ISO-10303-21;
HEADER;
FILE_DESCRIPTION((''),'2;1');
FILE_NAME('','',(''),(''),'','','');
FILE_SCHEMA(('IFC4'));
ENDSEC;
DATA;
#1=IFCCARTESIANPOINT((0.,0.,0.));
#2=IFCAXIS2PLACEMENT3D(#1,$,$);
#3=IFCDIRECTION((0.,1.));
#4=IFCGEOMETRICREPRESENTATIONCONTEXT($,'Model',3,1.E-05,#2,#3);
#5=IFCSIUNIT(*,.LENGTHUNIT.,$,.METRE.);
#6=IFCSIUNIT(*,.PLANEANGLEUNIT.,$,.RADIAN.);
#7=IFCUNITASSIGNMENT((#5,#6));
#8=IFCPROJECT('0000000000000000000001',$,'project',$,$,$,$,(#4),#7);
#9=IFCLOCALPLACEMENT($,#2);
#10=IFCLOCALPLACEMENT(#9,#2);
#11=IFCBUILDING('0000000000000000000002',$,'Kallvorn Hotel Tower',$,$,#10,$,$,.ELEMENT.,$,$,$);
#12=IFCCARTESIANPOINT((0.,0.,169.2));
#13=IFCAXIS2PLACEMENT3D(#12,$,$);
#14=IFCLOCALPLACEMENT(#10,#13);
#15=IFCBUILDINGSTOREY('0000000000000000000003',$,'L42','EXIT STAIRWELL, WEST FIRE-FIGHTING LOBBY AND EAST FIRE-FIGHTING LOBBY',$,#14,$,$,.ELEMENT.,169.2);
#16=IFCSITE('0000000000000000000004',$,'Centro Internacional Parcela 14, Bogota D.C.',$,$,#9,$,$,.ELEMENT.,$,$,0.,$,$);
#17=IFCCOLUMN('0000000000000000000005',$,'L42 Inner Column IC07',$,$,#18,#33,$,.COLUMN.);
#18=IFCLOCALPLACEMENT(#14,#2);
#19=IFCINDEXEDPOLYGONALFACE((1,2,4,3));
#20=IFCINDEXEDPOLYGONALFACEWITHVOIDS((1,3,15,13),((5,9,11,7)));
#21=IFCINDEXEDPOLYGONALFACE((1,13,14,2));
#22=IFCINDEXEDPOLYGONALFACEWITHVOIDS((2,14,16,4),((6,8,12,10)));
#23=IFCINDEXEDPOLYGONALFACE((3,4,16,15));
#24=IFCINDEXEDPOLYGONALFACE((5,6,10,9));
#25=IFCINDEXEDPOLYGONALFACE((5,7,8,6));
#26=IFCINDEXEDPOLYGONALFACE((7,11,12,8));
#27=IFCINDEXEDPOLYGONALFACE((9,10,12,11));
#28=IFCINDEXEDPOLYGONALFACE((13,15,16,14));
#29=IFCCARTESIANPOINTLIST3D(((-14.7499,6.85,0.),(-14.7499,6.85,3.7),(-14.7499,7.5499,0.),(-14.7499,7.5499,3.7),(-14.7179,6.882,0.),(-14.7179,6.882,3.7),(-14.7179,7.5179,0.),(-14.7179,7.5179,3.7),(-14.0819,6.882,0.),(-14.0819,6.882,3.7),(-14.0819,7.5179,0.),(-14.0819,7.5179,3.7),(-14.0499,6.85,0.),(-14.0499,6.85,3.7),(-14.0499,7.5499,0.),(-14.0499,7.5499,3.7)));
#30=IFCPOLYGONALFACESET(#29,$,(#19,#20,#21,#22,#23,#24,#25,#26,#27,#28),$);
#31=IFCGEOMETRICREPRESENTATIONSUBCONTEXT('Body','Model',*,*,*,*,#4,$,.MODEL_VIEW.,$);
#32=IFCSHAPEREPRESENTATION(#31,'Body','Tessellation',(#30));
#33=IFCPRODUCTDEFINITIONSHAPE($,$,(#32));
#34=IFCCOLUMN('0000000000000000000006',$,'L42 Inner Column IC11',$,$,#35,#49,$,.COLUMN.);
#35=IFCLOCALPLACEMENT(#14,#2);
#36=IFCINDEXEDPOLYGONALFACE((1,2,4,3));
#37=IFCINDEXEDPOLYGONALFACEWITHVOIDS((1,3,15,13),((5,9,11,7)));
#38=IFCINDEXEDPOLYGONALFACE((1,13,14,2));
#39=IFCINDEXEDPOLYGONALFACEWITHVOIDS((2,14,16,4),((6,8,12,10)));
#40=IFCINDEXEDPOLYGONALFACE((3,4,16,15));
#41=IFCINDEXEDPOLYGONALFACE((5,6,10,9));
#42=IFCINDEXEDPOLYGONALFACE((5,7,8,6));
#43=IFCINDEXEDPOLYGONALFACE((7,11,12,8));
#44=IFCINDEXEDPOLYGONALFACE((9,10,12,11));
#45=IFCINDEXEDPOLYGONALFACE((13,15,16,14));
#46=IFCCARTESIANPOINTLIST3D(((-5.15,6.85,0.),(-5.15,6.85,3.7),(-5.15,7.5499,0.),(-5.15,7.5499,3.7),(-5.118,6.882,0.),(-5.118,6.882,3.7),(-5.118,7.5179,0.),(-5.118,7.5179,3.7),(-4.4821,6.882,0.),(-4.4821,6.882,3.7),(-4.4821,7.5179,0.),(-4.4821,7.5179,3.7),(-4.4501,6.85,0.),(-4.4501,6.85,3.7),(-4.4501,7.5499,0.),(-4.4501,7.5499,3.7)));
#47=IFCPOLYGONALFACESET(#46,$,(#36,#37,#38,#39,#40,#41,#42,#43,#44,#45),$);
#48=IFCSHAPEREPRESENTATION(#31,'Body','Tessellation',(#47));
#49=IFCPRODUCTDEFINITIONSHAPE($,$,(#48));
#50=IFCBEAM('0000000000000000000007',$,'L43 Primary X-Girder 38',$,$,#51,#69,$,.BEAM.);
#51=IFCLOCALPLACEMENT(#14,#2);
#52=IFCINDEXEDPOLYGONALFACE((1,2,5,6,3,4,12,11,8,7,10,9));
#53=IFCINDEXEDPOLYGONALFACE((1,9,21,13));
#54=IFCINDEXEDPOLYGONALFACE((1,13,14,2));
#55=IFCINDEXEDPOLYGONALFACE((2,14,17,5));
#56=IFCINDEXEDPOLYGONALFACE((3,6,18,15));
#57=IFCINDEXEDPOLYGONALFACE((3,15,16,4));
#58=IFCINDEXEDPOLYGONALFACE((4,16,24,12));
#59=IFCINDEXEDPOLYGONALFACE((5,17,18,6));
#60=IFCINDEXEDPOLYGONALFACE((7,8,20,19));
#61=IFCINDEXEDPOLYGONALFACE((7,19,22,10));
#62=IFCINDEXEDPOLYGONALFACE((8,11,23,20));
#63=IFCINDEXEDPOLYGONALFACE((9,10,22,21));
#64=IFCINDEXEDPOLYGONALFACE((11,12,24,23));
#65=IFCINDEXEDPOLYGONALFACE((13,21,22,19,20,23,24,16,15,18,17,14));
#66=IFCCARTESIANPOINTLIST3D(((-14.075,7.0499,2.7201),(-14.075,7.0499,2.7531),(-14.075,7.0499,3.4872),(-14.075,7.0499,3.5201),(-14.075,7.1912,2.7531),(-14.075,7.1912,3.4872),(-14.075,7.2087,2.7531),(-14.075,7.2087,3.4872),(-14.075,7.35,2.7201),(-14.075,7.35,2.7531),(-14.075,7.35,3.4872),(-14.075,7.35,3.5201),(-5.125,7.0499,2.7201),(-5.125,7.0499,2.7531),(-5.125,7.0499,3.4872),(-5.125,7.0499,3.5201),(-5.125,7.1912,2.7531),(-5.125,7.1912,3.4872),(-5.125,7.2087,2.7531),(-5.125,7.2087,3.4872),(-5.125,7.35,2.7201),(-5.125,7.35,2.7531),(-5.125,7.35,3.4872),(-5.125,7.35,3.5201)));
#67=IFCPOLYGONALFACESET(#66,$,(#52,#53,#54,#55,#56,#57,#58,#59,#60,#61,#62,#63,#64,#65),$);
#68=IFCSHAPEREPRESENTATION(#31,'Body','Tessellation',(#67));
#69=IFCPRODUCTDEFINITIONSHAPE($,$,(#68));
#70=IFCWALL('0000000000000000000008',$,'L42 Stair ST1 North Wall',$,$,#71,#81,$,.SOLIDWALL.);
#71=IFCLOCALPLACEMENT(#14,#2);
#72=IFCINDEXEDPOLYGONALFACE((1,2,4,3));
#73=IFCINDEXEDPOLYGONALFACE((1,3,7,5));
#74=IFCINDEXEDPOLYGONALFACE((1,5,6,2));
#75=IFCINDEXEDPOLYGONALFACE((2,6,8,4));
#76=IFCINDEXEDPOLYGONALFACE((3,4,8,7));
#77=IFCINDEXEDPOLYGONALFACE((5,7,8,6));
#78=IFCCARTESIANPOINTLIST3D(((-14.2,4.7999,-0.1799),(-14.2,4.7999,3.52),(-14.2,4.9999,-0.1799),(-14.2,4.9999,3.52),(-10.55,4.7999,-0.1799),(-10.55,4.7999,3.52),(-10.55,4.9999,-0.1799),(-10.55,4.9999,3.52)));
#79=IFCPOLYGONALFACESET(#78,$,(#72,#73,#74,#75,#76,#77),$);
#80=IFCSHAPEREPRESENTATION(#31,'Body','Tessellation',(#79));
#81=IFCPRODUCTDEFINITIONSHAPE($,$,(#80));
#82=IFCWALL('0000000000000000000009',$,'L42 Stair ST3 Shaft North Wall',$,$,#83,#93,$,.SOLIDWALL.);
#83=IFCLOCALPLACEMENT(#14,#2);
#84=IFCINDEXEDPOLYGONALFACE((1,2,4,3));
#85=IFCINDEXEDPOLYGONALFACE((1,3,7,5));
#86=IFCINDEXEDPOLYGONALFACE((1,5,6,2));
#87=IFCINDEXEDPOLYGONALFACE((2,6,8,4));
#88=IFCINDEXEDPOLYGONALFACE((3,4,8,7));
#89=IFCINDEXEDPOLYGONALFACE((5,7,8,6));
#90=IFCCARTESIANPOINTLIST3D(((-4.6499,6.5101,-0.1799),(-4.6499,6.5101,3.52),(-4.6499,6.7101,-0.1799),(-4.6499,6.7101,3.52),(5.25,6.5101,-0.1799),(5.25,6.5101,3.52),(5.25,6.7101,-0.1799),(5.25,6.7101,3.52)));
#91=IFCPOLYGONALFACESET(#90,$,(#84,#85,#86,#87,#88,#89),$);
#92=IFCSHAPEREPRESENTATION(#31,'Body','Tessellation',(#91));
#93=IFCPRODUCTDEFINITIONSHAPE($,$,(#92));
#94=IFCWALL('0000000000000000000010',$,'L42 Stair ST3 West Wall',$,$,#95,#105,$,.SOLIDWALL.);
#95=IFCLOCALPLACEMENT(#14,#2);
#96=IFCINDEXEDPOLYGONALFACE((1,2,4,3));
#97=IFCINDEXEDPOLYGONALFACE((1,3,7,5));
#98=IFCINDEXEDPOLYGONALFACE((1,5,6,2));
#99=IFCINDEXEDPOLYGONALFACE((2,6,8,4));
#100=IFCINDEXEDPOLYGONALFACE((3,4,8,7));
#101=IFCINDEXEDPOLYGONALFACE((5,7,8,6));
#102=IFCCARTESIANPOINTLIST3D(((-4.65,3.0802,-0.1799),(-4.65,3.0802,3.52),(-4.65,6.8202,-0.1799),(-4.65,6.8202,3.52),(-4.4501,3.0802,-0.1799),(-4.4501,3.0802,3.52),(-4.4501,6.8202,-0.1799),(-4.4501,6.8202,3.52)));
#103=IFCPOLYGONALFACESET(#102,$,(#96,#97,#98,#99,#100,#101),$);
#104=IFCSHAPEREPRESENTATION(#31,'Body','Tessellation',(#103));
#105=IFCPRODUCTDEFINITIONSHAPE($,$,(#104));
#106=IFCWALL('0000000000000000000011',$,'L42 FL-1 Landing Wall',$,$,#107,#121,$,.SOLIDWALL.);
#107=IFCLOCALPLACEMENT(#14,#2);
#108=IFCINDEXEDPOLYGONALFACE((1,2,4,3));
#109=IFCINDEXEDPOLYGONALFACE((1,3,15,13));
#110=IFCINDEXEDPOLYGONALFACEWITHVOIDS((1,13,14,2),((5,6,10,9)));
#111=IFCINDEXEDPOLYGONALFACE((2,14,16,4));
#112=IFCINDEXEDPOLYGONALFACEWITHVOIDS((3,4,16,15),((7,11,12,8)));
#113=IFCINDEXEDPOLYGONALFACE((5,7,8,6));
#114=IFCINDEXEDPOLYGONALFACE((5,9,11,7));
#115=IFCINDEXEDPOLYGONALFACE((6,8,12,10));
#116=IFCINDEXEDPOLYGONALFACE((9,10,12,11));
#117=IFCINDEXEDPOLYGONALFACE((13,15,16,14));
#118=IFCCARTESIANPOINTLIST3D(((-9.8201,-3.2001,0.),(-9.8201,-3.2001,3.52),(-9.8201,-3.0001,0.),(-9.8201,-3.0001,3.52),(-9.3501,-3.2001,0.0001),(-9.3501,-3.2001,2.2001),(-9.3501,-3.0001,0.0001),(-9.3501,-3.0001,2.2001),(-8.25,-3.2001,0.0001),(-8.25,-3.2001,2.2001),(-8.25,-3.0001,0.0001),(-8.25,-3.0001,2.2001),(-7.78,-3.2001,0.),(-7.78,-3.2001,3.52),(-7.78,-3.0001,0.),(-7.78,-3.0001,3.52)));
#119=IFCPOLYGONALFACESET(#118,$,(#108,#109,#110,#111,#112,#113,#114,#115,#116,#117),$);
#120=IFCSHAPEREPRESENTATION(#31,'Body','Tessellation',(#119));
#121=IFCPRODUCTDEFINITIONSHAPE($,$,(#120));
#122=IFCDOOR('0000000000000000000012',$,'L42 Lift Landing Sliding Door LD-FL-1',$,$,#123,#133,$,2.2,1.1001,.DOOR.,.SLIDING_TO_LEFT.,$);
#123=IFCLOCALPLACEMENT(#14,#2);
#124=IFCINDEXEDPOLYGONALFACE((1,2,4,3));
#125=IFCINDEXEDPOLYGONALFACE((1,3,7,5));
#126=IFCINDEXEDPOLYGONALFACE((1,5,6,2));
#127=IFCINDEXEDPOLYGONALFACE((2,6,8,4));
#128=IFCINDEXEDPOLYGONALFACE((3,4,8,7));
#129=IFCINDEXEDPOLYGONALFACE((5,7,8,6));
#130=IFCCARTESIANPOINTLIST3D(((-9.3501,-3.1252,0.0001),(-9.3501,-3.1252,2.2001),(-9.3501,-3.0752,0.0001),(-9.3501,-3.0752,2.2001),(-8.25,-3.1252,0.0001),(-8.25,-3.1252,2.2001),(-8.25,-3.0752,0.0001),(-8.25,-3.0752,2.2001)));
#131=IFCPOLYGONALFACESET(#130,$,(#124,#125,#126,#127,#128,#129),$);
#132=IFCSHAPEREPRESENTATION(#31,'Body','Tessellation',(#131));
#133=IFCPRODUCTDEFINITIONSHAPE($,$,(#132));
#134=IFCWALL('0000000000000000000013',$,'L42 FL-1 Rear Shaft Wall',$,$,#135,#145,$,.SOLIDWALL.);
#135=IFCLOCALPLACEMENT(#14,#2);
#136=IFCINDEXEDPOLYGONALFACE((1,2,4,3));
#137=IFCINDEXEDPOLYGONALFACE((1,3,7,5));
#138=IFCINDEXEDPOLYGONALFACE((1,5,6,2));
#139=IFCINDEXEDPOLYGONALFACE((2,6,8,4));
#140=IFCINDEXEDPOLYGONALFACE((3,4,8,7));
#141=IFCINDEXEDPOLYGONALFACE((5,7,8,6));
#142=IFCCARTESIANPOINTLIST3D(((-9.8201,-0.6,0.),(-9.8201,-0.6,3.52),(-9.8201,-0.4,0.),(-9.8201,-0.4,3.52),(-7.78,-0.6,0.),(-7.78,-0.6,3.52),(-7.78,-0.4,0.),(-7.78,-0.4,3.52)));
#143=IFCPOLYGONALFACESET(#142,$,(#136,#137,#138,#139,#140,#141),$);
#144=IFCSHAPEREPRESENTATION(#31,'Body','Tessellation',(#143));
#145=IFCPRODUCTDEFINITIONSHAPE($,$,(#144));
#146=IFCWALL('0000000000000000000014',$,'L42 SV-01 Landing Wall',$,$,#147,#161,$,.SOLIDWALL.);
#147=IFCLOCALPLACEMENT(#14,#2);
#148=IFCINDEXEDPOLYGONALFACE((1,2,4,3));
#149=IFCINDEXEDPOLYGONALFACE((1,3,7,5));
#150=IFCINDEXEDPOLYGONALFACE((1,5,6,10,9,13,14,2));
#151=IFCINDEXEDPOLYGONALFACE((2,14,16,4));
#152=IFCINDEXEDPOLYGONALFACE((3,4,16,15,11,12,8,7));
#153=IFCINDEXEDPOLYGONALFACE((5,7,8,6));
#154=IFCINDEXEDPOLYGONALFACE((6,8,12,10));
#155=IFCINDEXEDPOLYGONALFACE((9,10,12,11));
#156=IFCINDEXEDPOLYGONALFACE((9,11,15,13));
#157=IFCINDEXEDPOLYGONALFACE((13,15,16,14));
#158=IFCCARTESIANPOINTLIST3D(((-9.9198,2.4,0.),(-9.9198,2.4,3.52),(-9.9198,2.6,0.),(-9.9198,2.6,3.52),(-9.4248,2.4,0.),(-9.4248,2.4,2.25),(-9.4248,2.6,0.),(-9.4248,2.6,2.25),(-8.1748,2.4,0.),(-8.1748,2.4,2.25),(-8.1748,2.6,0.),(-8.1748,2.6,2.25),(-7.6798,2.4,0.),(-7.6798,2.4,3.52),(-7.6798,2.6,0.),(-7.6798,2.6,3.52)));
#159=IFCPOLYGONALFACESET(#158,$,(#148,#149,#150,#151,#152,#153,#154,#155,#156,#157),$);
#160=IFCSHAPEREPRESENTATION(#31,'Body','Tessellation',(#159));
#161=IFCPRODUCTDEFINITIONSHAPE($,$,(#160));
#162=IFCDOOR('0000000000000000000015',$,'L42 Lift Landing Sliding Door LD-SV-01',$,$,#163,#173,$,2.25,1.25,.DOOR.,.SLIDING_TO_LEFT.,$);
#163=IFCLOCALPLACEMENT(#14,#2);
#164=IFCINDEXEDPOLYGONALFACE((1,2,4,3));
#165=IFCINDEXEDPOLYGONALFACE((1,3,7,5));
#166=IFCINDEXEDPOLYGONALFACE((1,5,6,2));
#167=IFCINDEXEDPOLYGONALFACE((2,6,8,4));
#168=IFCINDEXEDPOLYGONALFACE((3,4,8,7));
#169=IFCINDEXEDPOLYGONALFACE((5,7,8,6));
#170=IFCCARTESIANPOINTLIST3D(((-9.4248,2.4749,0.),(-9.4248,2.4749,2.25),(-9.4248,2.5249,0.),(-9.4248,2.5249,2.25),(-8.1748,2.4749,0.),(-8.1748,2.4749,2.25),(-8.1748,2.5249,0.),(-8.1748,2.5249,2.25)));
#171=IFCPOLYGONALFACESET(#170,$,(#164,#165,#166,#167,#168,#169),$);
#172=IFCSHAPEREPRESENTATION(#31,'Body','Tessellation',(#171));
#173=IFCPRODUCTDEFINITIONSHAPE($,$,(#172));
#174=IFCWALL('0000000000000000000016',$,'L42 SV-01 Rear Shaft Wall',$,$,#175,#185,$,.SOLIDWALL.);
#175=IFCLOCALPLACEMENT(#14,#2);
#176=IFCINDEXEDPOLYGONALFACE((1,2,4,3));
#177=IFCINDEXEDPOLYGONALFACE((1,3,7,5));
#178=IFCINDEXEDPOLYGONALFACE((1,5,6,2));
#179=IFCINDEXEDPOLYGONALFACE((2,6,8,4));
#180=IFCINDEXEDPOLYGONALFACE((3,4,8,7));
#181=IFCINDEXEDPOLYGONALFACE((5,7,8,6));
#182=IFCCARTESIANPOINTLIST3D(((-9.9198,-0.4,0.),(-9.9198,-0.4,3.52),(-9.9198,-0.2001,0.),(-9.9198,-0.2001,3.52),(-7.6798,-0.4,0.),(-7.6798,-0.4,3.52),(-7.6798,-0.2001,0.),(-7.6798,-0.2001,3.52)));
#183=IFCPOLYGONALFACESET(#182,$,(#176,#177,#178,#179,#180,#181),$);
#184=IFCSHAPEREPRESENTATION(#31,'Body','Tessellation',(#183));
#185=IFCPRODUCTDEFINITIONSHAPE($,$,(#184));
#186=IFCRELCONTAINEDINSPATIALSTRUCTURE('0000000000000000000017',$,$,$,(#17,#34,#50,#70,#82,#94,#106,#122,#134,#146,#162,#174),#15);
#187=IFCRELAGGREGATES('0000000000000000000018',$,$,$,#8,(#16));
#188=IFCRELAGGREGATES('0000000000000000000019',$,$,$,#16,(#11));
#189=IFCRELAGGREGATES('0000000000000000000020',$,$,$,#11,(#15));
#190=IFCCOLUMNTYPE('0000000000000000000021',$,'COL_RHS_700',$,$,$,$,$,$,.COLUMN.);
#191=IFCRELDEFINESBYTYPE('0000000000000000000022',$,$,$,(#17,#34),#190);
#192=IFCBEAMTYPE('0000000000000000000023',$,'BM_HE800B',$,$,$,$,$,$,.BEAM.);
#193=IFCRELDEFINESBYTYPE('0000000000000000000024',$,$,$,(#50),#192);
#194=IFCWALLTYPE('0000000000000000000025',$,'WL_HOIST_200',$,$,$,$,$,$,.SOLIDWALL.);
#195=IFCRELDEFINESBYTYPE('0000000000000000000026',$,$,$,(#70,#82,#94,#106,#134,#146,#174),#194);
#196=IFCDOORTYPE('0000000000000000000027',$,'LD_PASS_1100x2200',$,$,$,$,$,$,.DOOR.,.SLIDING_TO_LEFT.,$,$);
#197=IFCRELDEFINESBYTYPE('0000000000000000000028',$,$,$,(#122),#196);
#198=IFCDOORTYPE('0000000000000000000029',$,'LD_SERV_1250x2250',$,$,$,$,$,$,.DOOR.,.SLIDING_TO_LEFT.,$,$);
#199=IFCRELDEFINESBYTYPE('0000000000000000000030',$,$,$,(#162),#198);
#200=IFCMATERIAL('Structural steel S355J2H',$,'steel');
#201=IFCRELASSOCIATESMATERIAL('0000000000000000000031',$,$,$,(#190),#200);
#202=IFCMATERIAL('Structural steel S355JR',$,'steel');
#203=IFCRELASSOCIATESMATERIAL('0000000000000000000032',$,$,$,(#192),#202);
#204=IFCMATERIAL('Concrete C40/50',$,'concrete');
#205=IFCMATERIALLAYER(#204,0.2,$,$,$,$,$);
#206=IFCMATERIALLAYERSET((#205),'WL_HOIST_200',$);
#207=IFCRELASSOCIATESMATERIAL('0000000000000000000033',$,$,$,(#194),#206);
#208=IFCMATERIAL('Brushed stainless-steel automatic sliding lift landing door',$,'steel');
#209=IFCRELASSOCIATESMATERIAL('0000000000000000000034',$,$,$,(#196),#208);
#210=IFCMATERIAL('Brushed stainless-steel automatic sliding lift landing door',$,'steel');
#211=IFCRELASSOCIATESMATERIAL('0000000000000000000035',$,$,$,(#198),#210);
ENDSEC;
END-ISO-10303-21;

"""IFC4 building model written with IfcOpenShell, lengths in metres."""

from ifc_helpers import new_model, si_unit, direction, frame, frame_2d, origin, origin_2d, place, context, subcontext, project, spatial, rectangle, hollow_rectangle, i_section, extrude, material, layer, layer_set, material_profile, profile_set, type_object, element, fill, save


model = new_model("IFC4")

# Units and contexts
model_context = context("Model", 3, precision=1e-05, world=origin(), true_north=direction((0.0, 1.0)))
body_context = subcontext(model_context, "Body", "Model", "MODEL_VIEW")
ifc_project = project(units=[si_unit("LENGTHUNIT", "METRE"), si_unit("PLANEANGLEUNIT", "RADIAN")], contexts=[model_context])

# Site, building, storey
site_placement = place(None, origin())
site = spatial("IfcSite", under=ifc_project, at=site_placement, Name="Centro Internacional Parcela 14, Bogota D.C.", CompositionType="ELEMENT", RefElevation=0.0)
building_placement = place(site_placement, origin())
building = spatial("IfcBuilding", under=site, at=building_placement, Name="Kallvorn Hotel Tower", CompositionType="ELEMENT")
storey_placement = place(building_placement, frame((0.0, 0.0, 169.2)))
storey = spatial("IfcBuildingStorey", under=building, at=storey_placement, Name="L42", Description="EXIT STAIRWELL, WEST FIRE-FIGHTING LOBBY AND EAST FIRE-FIGHTING LOBBY", CompositionType="ELEMENT", Elevation=169.2)

# Columns
ifc_material_1 = material(Name="Structural steel S355J2H", Category="steel")
ifc_material_profile_1 = material_profile(ifc_material_1, hollow_rectangle(XDim=0.7, YDim=0.7, WallThickness=0.032, at=origin_2d()), Name="RHS 700x700x32")
ifc_profile_set_1 = profile_set([ifc_material_profile_1], Name="Structural steel S355J2H")
column_type = type_object("IfcColumnType", Name="COL_RHS_700", PredefinedType="COLUMN", material=ifc_profile_set_1)
for number, where, z_axis, x_axis, name in (
    (1, (-14.3999, 7.2, 0.0), (0.0, 0.0, 1.0), (1.0, 0.0, 0.0), "L42 Inner Column IC07"),
    (2, (-4.8, 7.2, 0.0), (0.0, 0.0, 1.0), (1.0, 0.0, 0.0), "L42 Inner Column IC11"),
):
    element("IfcColumn", number, at=place(storey_placement, frame(where, z_axis=z_axis, x_axis=x_axis)), inside=storey, type_object=column_type, Name=name, PredefinedType="COLUMN", context=body_context, shape_type="SweptSolid", body=[
        extrude(hollow_rectangle(XDim=0.7, YDim=0.7, WallThickness=0.032, at=origin_2d()), origin(), (0.0, 0.0, 1.0), 3.7),
    ])

# Beam
ifc_material_2 = material(Name="Structural steel S355JR", Category="steel")
ifc_material_profile_2 = material_profile(ifc_material_2, i_section(OverallWidth=0.3, OverallDepth=0.8, WebThickness=0.0176, FlangeThickness=0.033, at=origin_2d()), Name="HE 800 B")
ifc_profile_set_2 = profile_set([ifc_material_profile_2], Name="Structural steel S355JR")
beam_type = type_object("IfcBeamType", Name="BM_HE800B", PredefinedType="BEAM", material=ifc_profile_set_2)
beam_placement = place(storey_placement, frame((-14.075, 7.2, 3.1201), z_axis=(1.0, 0.0, 0.0), x_axis=(0.0, 1.0, 0.0)))
element("IfcBeam", 3, at=beam_placement, inside=storey, type_object=beam_type, Name="L43 Primary X-Girder 38", PredefinedType="BEAM", context=body_context, shape_type="SweptSolid", body=[
    extrude(i_section(OverallWidth=0.3, OverallDepth=0.8, WebThickness=0.0176, FlangeThickness=0.033, at=origin_2d()), origin(), (0.0, 0.0, 1.0), 8.95),
])

# Walls
ifc_material_3 = material(Name="Concrete C40/50", Category="concrete")
ifc_layer_1 = layer(ifc_material_3, 0.2)
ifc_layer_set_1 = layer_set([ifc_layer_1], Name="WL_HOIST_200")
wall_type_1 = type_object("IfcWallType", Name="WL_HOIST_200", PredefinedType="SOLIDWALL", material=ifc_layer_set_1)
wall_1_placement = place(storey_placement, frame((-14.2, 4.8999, -0.1799), z_axis=(0.0, 0.0, 1.0), x_axis=(1.0, 0.0, 0.0)))
element("IfcWall", 4, at=wall_1_placement, inside=storey, type_object=wall_type_1, Name="L42 Stair ST1 North Wall", PredefinedType="SOLIDWALL", context=body_context, shape_type="SweptSolid", body=[
    extrude(rectangle(XDim=3.6499, YDim=0.2, at=frame_2d((1.825, 0.0))), origin(), (0.0, 0.0, 1.0), 3.7),
])
wall_2_placement = place(storey_placement, frame((-4.6499, 6.6101, -0.1799), z_axis=(0.0, 0.0, 1.0), x_axis=(1.0, 0.0, 0.0)))
element("IfcWall", 5, at=wall_2_placement, inside=storey, type_object=wall_type_1, Name="L42 Stair ST3 Shaft North Wall", PredefinedType="SOLIDWALL", context=body_context, shape_type="SweptSolid", body=[
    extrude(rectangle(XDim=9.8999, YDim=0.2, at=frame_2d((4.95, 0.0))), origin(), (0.0, 0.0, 1.0), 3.7),
])
wall_3_placement = place(storey_placement, frame((-4.55, 3.0801, -0.1799), z_axis=(0.0, 0.0, 1.0), x_axis=(0.0, 1.0, 0.0)))
element("IfcWall", 6, at=wall_3_placement, inside=storey, type_object=wall_type_1, Name="L42 Stair ST3 West Wall", PredefinedType="SOLIDWALL", context=body_context, shape_type="SweptSolid", body=[
    extrude(rectangle(XDim=3.74, YDim=0.2, at=frame_2d((1.8701, 0.0))), origin(), (0.0, 0.0, 1.0), 3.7),
])

# Wall, opening, door
wall_4_placement = place(storey_placement, frame((-9.8201, -3.1001, 0.0), z_axis=(0.0, 0.0, 1.0), x_axis=(1.0, 0.0, 0.0)))
wall_4 = element("IfcWall", 7, at=wall_4_placement, inside=storey, type_object=wall_type_1, Name="L42 FL-1 Landing Wall", PredefinedType="SOLIDWALL", context=body_context, shape_type="SweptSolid", body=[
    extrude(rectangle(XDim=2.04, YDim=0.2, at=frame_2d((1.02, 0.0))), origin(), (0.0, 0.0, 1.0), 3.52),
])
opening_1_placement = place(wall_4_placement, frame((0.47, 0.0, 0.0)))
opening_1 = element("IfcOpeningElement", 8, at=opening_1_placement, cuts=wall_4, PredefinedType="OPENING", context=body_context, shape_type="SweptSolid", body=[
    extrude(rectangle(XDim=1.1001, YDim=2.2, at=frame_2d((0.55, 1.1001))), frame((0.0, 0.115, 0.0), z_axis=(0.0, -1.0, 0.0), x_axis=(1.0, 0.0, 0.0)), (0.0, 0.0, 1.0), 0.23),
])
ifc_material_4 = material(Name="Brushed stainless-steel automatic sliding lift landing door", Category="steel")
door_type_1 = type_object("IfcDoorType", Name="LD_PASS_1100x2200", OperationType="SLIDING_TO_LEFT", PredefinedType="DOOR", material=ifc_material_4)
door_1_placement = place(opening_1_placement, origin())
door_1 = element("IfcDoor", 9, at=door_1_placement, inside=storey, type_object=door_type_1, Name="L42 Lift Landing Sliding Door LD-FL-1", OperationType="SLIDING_TO_LEFT", OverallHeight=2.2, OverallWidth=1.1001, PredefinedType="DOOR", context=body_context, shape_type="SweptSolid", body=[
    extrude(rectangle(XDim=1.1001, YDim=2.2, at=frame_2d((0.55, 1.1001))), frame((0.0, 0.0249, 0.0), z_axis=(0.0, -1.0, 0.0), x_axis=(1.0, 0.0, 0.0)), (0.0, 0.0, 1.0), 0.05),
])
fill(opening_1, door_1)

# Wall
wall_5_placement = place(storey_placement, frame((-9.8201, -0.5, 0.0), z_axis=(0.0, 0.0, 1.0), x_axis=(1.0, 0.0, 0.0)))
element("IfcWall", 10, at=wall_5_placement, inside=storey, type_object=wall_type_1, Name="L42 FL-1 Rear Shaft Wall", PredefinedType="SOLIDWALL", context=body_context, shape_type="SweptSolid", body=[
    extrude(rectangle(XDim=2.04, YDim=0.2, at=frame_2d((1.02, 0.0))), origin(), (0.0, 0.0, 1.0), 3.52),
])

# Wall, opening, door
wall_6_placement = place(storey_placement, frame((-9.9199, 2.5, 0.0), z_axis=(0.0, 0.0, 1.0), x_axis=(1.0, 0.0, 0.0)))
wall_6 = element("IfcWall", 11, at=wall_6_placement, inside=storey, type_object=wall_type_1, Name="L42 SV-01 Landing Wall", PredefinedType="SOLIDWALL", context=body_context, shape_type="SweptSolid", body=[
    extrude(rectangle(XDim=2.24, YDim=0.2, at=frame_2d((1.1201, 0.0))), origin(), (0.0, 0.0, 1.0), 3.52),
])
opening_2_placement = place(wall_6_placement, frame((0.4951, 0.0, 0.0)))
opening_2 = element("IfcOpeningElement", 12, at=opening_2_placement, cuts=wall_6, PredefinedType="OPENING", context=body_context, shape_type="SweptSolid", body=[
    extrude(rectangle(XDim=1.25, YDim=2.25, at=frame_2d((0.625, 1.125))), frame((0.0, 0.115, 0.0), z_axis=(0.0, -1.0, 0.0), x_axis=(1.0, 0.0, 0.0)), (0.0, 0.0, 1.0), 0.23),
])
ifc_material_5 = material(Name="Brushed stainless-steel automatic sliding lift landing door", Category="steel")
door_type_2 = type_object("IfcDoorType", Name="LD_SERV_1250x2250", OperationType="SLIDING_TO_LEFT", PredefinedType="DOOR", material=ifc_material_5)
door_2_placement = place(opening_2_placement, origin())
door_2 = element("IfcDoor", 13, at=door_2_placement, inside=storey, type_object=door_type_2, Name="L42 Lift Landing Sliding Door LD-SV-01", OperationType="SLIDING_TO_LEFT", OverallHeight=2.25, OverallWidth=1.25, PredefinedType="DOOR", context=body_context, shape_type="SweptSolid", body=[
    extrude(rectangle(XDim=1.25, YDim=2.25, at=frame_2d((0.625, 1.125))), frame((0.0, 0.0249, 0.0), z_axis=(0.0, -1.0, 0.0), x_axis=(1.0, 0.0, 0.0)), (0.0, 0.0, 1.0), 0.05),
])
fill(opening_2, door_2)

# Wall
wall_7_placement = place(storey_placement, frame((-9.9199, -0.3, 0.0), z_axis=(0.0, 0.0, 1.0), x_axis=(1.0, 0.0, 0.0)))
element("IfcWall", 14, at=wall_7_placement, inside=storey, type_object=wall_type_1, Name="L42 SV-01 Rear Shaft Wall", PredefinedType="SOLIDWALL", context=body_context, shape_type="SweptSolid", body=[
    extrude(rectangle(XDim=2.24, YDim=0.2, at=frame_2d((1.1201, 0.0))), origin(), (0.0, 0.0, 1.0), 3.52),
])

save(model, "model.ifc")
